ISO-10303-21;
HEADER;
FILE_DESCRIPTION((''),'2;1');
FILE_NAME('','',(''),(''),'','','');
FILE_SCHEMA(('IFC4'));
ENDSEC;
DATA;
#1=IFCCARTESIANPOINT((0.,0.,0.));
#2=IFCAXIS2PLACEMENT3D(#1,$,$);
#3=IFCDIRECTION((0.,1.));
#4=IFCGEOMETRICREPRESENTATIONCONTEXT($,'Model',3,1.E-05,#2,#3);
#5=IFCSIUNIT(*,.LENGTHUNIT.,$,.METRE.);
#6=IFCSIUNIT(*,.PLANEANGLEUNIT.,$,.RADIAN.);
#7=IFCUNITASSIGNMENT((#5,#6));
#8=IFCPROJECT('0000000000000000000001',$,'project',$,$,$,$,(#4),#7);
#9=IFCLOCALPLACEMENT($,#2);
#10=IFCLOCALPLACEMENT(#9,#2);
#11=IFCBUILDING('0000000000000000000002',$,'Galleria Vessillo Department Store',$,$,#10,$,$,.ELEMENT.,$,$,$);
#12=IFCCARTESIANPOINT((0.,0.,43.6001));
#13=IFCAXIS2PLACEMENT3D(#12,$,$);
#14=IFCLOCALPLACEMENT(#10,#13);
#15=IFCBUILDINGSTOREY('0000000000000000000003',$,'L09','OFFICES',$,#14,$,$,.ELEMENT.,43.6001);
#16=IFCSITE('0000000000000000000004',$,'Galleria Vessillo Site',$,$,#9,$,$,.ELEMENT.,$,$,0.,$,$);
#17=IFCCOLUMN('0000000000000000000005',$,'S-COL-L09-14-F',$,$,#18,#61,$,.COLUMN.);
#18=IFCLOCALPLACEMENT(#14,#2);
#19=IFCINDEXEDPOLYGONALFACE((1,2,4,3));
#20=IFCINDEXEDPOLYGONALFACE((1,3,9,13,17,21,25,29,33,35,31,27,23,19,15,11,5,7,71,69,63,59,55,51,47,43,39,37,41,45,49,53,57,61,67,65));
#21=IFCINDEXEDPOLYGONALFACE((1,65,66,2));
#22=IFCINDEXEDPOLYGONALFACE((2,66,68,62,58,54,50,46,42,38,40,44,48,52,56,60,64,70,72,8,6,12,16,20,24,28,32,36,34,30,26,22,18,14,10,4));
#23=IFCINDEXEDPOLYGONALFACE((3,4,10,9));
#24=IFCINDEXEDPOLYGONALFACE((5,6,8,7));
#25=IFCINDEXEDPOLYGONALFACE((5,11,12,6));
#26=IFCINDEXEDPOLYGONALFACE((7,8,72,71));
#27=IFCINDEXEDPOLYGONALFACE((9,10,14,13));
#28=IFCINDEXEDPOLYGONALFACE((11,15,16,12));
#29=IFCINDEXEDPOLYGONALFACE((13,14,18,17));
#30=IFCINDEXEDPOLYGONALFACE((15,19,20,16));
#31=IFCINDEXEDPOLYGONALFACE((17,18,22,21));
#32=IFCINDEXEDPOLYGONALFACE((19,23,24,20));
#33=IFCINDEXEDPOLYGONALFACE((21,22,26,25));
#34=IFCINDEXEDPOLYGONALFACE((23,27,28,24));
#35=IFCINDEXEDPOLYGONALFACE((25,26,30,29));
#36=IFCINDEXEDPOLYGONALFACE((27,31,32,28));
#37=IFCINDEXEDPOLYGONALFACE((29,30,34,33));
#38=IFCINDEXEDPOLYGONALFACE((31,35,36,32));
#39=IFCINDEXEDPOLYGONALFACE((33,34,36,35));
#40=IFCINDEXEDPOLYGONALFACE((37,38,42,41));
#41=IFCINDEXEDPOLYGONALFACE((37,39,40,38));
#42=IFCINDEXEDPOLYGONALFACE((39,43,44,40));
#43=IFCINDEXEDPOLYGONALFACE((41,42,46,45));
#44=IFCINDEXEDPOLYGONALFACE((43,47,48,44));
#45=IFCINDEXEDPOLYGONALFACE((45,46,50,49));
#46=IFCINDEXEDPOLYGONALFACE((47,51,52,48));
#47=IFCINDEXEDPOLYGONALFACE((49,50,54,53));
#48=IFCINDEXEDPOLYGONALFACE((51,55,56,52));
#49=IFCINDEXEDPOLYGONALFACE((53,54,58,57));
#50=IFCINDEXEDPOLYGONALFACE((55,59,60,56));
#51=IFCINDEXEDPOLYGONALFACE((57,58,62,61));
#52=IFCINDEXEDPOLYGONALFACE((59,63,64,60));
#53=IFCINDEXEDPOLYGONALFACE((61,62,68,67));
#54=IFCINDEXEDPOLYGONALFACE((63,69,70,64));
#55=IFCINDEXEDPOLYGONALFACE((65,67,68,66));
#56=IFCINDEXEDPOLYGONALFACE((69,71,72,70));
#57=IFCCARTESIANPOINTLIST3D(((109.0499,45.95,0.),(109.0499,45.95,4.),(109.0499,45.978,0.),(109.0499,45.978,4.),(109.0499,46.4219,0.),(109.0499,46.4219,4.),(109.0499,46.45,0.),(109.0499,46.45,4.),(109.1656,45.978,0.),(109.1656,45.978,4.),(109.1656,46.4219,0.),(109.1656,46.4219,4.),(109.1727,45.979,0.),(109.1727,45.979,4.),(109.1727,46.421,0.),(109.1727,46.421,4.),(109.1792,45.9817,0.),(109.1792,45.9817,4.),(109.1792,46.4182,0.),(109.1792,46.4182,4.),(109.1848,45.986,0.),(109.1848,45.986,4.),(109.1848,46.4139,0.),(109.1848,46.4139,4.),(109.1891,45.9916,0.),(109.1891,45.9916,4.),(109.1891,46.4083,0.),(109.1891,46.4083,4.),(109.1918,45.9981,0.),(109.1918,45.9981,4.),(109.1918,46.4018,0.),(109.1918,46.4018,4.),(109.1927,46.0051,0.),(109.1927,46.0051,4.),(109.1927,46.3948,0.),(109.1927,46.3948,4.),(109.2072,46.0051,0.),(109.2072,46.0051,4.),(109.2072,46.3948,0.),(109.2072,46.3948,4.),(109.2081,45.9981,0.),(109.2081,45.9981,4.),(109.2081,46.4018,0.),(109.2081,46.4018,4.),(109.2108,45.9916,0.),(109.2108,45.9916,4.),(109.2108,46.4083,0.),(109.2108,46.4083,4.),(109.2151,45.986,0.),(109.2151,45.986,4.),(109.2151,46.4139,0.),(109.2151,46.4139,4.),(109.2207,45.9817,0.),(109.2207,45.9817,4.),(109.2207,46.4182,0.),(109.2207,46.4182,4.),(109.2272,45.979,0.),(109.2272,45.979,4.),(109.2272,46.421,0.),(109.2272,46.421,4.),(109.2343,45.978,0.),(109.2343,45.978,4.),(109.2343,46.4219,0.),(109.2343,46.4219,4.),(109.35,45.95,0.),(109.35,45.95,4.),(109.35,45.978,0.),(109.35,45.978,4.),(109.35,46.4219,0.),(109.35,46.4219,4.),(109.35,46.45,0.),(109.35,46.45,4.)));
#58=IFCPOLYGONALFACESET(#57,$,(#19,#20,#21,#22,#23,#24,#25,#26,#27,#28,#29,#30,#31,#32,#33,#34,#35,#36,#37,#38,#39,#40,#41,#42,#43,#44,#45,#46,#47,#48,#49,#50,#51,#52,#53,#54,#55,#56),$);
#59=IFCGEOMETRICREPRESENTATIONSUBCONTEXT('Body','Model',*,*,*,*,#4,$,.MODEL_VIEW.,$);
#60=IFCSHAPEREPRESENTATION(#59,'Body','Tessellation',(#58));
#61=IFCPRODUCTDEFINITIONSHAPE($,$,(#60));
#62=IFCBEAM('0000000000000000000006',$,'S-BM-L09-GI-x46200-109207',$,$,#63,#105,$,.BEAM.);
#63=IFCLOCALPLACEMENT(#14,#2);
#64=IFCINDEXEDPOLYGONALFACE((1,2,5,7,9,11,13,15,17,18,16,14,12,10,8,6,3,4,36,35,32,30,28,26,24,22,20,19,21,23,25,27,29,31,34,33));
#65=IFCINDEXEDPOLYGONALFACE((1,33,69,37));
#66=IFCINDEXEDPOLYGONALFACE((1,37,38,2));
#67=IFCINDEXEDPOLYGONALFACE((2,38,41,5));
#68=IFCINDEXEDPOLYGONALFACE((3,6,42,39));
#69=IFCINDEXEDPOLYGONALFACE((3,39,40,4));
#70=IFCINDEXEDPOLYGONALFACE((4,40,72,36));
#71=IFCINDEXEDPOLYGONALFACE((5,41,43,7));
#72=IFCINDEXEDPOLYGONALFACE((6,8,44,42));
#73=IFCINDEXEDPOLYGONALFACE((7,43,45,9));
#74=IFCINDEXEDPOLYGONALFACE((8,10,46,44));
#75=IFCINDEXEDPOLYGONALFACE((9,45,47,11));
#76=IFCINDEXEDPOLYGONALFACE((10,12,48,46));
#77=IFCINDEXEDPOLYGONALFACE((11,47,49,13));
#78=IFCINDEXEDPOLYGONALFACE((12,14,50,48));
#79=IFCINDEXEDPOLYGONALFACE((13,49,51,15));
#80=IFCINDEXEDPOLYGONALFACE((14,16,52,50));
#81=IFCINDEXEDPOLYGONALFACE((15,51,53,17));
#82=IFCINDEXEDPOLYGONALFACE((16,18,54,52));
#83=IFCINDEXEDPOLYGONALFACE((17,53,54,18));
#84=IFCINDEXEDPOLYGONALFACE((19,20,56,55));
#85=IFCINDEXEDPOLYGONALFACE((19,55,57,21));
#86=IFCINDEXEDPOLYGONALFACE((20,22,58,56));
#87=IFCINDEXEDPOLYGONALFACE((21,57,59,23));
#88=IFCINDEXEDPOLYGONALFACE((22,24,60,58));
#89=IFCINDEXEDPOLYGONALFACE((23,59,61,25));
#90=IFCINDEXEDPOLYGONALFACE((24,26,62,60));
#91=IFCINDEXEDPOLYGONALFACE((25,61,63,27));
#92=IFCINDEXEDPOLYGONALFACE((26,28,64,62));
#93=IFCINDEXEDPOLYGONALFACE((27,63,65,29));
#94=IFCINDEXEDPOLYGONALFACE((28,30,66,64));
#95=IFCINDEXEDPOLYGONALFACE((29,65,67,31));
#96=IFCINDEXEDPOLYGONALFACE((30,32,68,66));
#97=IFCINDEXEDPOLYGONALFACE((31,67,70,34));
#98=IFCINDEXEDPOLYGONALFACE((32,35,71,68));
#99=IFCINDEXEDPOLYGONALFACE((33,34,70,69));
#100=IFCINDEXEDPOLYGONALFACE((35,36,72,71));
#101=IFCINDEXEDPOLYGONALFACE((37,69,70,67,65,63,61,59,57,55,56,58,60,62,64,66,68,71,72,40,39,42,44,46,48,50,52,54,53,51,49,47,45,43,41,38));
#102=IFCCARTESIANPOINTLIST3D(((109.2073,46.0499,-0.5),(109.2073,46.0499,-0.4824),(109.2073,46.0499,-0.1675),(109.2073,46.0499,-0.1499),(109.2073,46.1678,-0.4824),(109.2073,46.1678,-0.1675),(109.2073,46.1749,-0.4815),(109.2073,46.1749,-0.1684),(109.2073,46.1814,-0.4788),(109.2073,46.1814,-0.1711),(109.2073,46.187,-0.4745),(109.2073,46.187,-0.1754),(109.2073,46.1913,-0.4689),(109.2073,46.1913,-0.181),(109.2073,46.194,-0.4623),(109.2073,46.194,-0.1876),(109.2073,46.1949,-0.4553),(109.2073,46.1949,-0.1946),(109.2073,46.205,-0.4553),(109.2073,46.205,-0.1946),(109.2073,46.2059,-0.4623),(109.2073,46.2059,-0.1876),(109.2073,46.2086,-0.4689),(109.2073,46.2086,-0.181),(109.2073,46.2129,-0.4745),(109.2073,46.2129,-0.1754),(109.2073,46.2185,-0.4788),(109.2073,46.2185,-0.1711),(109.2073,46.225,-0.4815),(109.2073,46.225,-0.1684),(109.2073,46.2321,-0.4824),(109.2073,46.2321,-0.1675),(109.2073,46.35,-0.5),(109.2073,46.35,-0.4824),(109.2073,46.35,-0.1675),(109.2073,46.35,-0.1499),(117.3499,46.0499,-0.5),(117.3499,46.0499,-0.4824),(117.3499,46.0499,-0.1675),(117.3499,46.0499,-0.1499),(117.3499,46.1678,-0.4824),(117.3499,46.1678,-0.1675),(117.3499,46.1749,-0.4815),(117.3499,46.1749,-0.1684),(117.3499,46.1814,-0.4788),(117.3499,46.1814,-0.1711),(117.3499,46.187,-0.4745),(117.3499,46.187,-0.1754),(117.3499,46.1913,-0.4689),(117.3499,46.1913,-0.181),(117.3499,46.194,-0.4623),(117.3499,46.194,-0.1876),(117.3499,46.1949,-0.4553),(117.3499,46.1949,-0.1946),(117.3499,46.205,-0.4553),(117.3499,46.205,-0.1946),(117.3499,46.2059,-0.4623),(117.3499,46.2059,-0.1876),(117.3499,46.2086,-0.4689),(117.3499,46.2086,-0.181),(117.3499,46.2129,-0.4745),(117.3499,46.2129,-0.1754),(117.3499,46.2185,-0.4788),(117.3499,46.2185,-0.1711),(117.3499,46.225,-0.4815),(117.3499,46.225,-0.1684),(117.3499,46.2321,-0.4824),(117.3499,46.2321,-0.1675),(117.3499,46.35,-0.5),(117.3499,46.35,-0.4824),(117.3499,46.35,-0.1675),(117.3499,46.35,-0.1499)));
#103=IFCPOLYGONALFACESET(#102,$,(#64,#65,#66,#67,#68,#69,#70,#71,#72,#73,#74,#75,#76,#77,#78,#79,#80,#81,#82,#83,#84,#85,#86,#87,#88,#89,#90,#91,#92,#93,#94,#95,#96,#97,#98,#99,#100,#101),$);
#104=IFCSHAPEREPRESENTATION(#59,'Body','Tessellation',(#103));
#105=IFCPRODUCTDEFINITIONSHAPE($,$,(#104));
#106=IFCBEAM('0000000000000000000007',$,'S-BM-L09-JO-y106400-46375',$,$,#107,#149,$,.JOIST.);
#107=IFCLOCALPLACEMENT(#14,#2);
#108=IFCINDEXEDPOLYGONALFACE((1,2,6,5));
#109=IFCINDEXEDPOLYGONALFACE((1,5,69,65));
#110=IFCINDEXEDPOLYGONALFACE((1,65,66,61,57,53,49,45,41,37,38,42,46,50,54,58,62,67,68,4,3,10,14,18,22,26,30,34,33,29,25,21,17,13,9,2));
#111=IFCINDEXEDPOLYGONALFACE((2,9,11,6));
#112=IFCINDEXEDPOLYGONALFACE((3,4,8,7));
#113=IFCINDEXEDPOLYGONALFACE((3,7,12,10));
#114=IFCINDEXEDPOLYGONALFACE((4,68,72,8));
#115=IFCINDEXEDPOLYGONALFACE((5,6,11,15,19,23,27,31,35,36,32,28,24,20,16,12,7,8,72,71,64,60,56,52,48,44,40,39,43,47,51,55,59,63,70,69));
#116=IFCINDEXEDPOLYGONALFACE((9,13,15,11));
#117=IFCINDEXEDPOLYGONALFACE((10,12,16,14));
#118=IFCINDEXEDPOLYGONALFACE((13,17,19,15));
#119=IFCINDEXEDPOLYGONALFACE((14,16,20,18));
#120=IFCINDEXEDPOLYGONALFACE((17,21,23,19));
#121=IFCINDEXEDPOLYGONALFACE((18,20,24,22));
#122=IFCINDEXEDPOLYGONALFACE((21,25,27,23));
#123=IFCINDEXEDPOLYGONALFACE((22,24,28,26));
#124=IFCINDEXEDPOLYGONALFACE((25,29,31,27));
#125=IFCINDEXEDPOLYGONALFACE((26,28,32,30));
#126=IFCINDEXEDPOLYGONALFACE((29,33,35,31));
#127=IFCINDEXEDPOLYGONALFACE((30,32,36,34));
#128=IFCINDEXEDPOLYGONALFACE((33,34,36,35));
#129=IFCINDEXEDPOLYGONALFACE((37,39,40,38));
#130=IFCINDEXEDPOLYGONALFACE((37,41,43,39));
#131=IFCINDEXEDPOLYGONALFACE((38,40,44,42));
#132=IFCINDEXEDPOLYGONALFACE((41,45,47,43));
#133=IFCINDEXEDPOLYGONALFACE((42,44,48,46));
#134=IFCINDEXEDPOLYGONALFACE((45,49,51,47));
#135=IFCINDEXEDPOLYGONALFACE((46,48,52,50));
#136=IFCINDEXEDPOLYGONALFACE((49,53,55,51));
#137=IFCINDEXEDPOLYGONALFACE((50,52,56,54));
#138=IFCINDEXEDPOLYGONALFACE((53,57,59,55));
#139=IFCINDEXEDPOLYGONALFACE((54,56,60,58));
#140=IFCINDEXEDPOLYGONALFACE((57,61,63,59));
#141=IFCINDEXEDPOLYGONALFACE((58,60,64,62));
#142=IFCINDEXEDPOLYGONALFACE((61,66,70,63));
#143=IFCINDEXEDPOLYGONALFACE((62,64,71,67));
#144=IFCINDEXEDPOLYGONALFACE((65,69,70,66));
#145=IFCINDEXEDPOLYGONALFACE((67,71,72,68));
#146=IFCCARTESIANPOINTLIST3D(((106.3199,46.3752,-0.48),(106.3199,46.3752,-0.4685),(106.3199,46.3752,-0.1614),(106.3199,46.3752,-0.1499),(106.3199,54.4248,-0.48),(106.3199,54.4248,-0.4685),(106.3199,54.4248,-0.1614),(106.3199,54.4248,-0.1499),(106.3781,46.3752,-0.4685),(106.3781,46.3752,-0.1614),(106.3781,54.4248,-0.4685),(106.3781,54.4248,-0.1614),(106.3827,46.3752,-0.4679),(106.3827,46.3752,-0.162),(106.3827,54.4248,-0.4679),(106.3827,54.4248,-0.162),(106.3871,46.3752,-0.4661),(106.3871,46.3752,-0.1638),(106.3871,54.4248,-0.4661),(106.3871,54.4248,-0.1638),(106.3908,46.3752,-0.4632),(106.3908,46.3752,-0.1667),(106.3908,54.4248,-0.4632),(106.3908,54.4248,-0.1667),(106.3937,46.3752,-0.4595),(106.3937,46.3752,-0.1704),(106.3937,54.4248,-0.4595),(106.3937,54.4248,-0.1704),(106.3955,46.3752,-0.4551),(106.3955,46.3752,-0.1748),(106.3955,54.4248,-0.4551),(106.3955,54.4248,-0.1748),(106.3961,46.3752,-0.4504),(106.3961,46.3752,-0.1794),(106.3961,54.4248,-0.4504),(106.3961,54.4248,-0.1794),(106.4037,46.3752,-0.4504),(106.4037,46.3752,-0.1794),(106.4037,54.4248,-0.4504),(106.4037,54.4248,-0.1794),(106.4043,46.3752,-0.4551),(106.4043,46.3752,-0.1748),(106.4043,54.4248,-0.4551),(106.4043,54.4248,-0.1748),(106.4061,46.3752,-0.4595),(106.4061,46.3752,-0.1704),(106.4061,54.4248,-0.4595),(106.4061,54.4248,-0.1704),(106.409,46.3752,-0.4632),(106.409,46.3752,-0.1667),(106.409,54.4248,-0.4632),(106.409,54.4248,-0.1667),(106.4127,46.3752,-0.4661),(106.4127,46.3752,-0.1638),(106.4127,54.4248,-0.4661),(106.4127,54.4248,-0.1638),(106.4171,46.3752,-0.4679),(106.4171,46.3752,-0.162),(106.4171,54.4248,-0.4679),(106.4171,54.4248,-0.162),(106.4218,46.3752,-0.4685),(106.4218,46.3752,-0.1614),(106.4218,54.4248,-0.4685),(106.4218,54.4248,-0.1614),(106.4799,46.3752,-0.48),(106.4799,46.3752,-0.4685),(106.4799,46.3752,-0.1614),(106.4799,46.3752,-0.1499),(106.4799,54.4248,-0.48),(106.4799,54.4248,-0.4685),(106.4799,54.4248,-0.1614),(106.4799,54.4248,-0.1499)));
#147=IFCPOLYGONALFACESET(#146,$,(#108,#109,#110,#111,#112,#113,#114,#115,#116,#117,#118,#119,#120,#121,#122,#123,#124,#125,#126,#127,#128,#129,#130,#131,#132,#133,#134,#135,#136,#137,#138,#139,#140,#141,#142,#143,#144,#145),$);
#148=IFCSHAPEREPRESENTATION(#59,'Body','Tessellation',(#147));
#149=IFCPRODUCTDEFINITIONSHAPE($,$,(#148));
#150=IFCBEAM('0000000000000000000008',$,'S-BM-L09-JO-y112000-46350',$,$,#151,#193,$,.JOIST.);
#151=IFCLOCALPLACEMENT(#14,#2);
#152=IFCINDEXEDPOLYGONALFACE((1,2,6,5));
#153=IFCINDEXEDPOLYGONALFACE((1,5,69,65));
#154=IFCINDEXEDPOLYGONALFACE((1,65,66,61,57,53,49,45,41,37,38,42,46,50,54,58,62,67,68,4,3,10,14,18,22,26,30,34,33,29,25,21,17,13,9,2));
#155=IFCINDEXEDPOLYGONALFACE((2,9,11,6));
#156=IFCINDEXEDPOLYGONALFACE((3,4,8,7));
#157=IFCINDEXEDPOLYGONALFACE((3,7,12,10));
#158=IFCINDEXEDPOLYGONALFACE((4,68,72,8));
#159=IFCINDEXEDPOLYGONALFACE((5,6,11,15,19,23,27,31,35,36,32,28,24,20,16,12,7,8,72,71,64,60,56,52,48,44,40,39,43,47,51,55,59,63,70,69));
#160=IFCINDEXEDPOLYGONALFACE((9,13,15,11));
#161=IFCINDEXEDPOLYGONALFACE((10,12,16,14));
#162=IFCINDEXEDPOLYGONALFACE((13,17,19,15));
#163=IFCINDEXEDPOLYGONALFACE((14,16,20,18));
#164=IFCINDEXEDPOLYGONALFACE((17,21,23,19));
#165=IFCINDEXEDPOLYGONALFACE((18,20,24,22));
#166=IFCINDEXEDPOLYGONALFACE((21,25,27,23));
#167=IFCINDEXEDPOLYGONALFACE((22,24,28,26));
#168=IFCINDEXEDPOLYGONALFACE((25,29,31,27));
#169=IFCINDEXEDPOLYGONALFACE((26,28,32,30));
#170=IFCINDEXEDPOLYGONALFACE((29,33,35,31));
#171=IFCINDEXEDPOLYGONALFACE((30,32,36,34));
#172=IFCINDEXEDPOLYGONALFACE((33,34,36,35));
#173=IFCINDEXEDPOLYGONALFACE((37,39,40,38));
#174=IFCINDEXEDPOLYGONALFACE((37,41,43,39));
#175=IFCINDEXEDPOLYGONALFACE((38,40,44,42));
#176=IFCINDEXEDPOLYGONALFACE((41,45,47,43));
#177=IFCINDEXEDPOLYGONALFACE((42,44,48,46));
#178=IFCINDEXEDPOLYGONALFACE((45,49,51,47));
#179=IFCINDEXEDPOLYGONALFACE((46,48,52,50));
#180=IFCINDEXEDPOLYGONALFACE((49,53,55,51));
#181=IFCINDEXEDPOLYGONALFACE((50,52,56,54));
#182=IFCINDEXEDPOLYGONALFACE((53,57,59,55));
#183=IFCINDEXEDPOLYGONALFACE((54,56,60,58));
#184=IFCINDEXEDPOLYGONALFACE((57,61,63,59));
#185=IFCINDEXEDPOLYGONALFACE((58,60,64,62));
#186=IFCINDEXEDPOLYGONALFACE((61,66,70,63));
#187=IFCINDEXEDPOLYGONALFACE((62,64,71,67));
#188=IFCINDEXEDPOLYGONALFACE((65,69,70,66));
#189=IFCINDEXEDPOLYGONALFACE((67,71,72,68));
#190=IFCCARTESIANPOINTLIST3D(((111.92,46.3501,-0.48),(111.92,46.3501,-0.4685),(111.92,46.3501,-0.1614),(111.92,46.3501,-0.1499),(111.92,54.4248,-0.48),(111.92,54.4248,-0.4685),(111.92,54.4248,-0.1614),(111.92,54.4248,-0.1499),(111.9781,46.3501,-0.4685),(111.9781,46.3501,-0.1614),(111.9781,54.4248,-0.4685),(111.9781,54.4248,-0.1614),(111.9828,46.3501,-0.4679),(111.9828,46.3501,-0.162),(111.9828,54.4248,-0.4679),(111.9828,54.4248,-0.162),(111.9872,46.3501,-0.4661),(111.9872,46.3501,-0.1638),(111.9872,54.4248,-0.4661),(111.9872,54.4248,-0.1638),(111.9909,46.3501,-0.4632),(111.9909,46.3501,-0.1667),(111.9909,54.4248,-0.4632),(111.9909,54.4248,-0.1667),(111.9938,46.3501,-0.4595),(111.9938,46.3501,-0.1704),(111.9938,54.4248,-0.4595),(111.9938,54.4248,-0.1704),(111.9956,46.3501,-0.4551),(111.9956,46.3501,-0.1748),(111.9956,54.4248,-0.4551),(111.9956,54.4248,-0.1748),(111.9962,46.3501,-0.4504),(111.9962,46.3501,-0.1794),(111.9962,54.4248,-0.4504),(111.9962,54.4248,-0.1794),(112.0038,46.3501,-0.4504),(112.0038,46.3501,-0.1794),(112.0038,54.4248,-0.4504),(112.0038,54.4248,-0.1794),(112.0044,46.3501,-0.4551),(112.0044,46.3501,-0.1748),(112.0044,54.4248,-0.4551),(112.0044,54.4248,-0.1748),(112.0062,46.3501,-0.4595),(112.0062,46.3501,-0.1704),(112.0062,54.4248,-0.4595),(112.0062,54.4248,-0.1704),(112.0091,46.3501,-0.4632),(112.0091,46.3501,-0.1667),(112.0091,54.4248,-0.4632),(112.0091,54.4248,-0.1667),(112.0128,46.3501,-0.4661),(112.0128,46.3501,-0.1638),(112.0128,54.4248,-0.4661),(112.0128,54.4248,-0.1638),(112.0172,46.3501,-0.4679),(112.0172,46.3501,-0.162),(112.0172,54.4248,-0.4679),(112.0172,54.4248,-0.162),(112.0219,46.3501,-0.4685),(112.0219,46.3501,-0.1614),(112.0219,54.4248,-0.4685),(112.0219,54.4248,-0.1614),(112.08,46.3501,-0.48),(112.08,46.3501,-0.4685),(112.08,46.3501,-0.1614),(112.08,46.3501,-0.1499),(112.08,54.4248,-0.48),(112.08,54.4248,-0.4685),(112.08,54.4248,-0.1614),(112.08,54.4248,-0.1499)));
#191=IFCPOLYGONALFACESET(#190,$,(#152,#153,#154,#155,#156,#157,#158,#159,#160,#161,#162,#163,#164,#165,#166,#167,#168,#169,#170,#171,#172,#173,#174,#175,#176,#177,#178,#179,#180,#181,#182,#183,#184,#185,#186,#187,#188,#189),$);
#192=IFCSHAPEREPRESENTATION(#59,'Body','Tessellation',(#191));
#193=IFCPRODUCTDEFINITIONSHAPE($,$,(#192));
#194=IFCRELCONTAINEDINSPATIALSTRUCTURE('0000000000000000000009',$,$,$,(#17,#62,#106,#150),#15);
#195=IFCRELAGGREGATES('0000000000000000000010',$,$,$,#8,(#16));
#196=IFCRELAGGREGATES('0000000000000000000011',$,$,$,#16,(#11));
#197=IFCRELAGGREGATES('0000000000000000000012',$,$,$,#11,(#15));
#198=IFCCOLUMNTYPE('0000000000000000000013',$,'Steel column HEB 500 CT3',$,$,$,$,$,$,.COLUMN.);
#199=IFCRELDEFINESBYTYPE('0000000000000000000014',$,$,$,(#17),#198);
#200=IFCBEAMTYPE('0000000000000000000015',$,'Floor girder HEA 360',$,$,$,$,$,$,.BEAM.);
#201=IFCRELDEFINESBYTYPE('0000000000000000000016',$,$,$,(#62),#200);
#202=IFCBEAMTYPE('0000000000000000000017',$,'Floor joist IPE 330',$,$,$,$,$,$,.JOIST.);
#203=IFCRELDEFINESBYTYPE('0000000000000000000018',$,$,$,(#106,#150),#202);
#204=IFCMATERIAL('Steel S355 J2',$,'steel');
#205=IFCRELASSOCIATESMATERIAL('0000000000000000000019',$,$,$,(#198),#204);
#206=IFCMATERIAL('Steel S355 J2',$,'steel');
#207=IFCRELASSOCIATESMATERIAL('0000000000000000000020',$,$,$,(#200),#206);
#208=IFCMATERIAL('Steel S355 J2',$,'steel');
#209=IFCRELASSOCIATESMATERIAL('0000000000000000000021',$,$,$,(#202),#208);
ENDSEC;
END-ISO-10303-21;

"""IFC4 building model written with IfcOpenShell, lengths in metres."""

from ifc_helpers import new_model, si_unit, direction, frame, origin, origin_2d, place, context, subcontext, project, spatial, i_section, extrude, material, material_profile, profile_set, type_object, element, save


model = new_model("IFC4")

# Units and contexts
model_context = context("Model", 3, precision=1e-05, world=origin(), true_north=direction((0.0, 1.0)))
body_context = subcontext(model_context, "Body", "Model", "MODEL_VIEW")
ifc_project = project(units=[si_unit("LENGTHUNIT", "METRE"), si_unit("PLANEANGLEUNIT", "RADIAN")], contexts=[model_context])

# Site, building, storey
site_placement = place(None, origin())
site = spatial("IfcSite", under=ifc_project, at=site_placement, Name="Galleria Vessillo Site", CompositionType="ELEMENT", RefElevation=0.0)
building_placement = place(site_placement, origin())
building = spatial("IfcBuilding", under=site, at=building_placement, Name="Galleria Vessillo Department Store", CompositionType="ELEMENT")
storey_placement = place(building_placement, frame((0.0, 0.0, 43.6001)))
storey = spatial("IfcBuildingStorey", under=building, at=storey_placement, Name="L09", Description="OFFICES", CompositionType="ELEMENT", Elevation=43.6001)

# Column
ifc_material_1 = material(Name="Steel S355 J2", Category="steel")
ifc_material_profile_1 = material_profile(ifc_material_1, i_section(OverallWidth=0.3, OverallDepth=0.5, WebThickness=0.0144, FlangeThickness=0.0281, FilletRadius=0.0271, at=origin_2d()), Name="HEB 500")
ifc_profile_set_1 = profile_set([ifc_material_profile_1], Name="Steel S355 J2")
column_type = type_object("IfcColumnType", Name="Steel column HEB 500 CT3", PredefinedType="COLUMN", material=ifc_profile_set_1)
column_placement = place(storey_placement, frame((109.2, 46.2, 0.0), z_axis=(0.0, 0.0, 1.0), x_axis=(1.0, 0.0, 0.0)))
element("IfcColumn", 1, at=column_placement, inside=storey, type_object=column_type, Name="S-COL-L09-14-F", PredefinedType="COLUMN", context=body_context, shape_type="SweptSolid", body=[
    extrude(i_section(OverallWidth=0.3, OverallDepth=0.5, WebThickness=0.0144, FlangeThickness=0.0281, FilletRadius=0.0271, at=origin_2d()), origin(), (0.0, 0.0, 1.0), 4.0),
])

# Beams
ifc_material_2 = material(Name="Steel S355 J2", Category="steel")
ifc_material_profile_2 = material_profile(ifc_material_2, i_section(OverallWidth=0.3, OverallDepth=0.3501, WebThickness=0.01, FlangeThickness=0.0176, FilletRadius=0.0271, at=origin_2d()), Name="HEA 360")
ifc_profile_set_2 = profile_set([ifc_material_profile_2], Name="Steel S355 J2")
beam_type_1 = type_object("IfcBeamType", Name="Floor girder HEA 360", PredefinedType="BEAM", material=ifc_profile_set_2)
beam_1_placement = place(storey_placement, frame((109.2073, 46.2, -0.325), z_axis=(1.0, 0.0, 0.0), x_axis=(0.0, 1.0, 0.0)))
element("IfcBeam", 2, at=beam_1_placement, inside=storey, type_object=beam_type_1, Name="S-BM-L09-GI-x46200-109207", PredefinedType="BEAM", context=body_context, shape_type="SweptSolid", body=[
    extrude(i_section(OverallWidth=0.3, OverallDepth=0.3501, WebThickness=0.01, FlangeThickness=0.0176, FilletRadius=0.0271, at=origin_2d()), origin(), (0.0, 0.0, 1.0), 8.1426),
])
ifc_material_3 = material(Name="Steel S355 J2", Category="steel")
ifc_material_profile_3 = material_profile(ifc_material_3, i_section(OverallWidth=0.1599, OverallDepth=0.3301, WebThickness=0.0076, FlangeThickness=0.0115, FilletRadius=0.0181, at=origin_2d()), Name="IPE 330")
ifc_profile_set_3 = profile_set([ifc_material_profile_3], Name="Steel S355 J2")
beam_type_2 = type_object("IfcBeamType", Name="Floor joist IPE 330", PredefinedType="JOIST", material=ifc_profile_set_3)
beam_2_placement = place(storey_placement, frame((106.3999, 46.3752, -0.3149), z_axis=(0.0, 1.0, 0.0), x_axis=(-1.0, 0.0, 0.0)))
element("IfcBeam", 3, at=beam_2_placement, inside=storey, type_object=beam_type_2, Name="S-BM-L09-JO-y106400-46375", PredefinedType="JOIST", context=body_context, shape_type="SweptSolid", body=[
    extrude(i_section(OverallWidth=0.1599, OverallDepth=0.3301, WebThickness=0.0076, FlangeThickness=0.0115, FilletRadius=0.0181, at=origin_2d()), origin(), (0.0, 0.0, 1.0), 8.0496),
])
for number, where, z_axis, x_axis, name in (
    (4, (112.0, 46.3501, -0.3149), (0.0, 1.0, 0.0), (-1.0, 0.0, 0.0), "S-BM-L09-JO-y112000-46350"),
):
    element("IfcBeam", number, at=place(storey_placement, frame(where, z_axis=z_axis, x_axis=x_axis)), inside=storey, type_object=beam_type_2, Name=name, PredefinedType="JOIST", context=body_context, shape_type="SweptSolid", body=[
        extrude(i_section(OverallWidth=0.1599, OverallDepth=0.3301, WebThickness=0.0076, FlangeThickness=0.0115, FilletRadius=0.0181, at=origin_2d()), origin(), (0.0, 0.0, 1.0), 8.0747),
    ])

save(model, "model.ifc")
